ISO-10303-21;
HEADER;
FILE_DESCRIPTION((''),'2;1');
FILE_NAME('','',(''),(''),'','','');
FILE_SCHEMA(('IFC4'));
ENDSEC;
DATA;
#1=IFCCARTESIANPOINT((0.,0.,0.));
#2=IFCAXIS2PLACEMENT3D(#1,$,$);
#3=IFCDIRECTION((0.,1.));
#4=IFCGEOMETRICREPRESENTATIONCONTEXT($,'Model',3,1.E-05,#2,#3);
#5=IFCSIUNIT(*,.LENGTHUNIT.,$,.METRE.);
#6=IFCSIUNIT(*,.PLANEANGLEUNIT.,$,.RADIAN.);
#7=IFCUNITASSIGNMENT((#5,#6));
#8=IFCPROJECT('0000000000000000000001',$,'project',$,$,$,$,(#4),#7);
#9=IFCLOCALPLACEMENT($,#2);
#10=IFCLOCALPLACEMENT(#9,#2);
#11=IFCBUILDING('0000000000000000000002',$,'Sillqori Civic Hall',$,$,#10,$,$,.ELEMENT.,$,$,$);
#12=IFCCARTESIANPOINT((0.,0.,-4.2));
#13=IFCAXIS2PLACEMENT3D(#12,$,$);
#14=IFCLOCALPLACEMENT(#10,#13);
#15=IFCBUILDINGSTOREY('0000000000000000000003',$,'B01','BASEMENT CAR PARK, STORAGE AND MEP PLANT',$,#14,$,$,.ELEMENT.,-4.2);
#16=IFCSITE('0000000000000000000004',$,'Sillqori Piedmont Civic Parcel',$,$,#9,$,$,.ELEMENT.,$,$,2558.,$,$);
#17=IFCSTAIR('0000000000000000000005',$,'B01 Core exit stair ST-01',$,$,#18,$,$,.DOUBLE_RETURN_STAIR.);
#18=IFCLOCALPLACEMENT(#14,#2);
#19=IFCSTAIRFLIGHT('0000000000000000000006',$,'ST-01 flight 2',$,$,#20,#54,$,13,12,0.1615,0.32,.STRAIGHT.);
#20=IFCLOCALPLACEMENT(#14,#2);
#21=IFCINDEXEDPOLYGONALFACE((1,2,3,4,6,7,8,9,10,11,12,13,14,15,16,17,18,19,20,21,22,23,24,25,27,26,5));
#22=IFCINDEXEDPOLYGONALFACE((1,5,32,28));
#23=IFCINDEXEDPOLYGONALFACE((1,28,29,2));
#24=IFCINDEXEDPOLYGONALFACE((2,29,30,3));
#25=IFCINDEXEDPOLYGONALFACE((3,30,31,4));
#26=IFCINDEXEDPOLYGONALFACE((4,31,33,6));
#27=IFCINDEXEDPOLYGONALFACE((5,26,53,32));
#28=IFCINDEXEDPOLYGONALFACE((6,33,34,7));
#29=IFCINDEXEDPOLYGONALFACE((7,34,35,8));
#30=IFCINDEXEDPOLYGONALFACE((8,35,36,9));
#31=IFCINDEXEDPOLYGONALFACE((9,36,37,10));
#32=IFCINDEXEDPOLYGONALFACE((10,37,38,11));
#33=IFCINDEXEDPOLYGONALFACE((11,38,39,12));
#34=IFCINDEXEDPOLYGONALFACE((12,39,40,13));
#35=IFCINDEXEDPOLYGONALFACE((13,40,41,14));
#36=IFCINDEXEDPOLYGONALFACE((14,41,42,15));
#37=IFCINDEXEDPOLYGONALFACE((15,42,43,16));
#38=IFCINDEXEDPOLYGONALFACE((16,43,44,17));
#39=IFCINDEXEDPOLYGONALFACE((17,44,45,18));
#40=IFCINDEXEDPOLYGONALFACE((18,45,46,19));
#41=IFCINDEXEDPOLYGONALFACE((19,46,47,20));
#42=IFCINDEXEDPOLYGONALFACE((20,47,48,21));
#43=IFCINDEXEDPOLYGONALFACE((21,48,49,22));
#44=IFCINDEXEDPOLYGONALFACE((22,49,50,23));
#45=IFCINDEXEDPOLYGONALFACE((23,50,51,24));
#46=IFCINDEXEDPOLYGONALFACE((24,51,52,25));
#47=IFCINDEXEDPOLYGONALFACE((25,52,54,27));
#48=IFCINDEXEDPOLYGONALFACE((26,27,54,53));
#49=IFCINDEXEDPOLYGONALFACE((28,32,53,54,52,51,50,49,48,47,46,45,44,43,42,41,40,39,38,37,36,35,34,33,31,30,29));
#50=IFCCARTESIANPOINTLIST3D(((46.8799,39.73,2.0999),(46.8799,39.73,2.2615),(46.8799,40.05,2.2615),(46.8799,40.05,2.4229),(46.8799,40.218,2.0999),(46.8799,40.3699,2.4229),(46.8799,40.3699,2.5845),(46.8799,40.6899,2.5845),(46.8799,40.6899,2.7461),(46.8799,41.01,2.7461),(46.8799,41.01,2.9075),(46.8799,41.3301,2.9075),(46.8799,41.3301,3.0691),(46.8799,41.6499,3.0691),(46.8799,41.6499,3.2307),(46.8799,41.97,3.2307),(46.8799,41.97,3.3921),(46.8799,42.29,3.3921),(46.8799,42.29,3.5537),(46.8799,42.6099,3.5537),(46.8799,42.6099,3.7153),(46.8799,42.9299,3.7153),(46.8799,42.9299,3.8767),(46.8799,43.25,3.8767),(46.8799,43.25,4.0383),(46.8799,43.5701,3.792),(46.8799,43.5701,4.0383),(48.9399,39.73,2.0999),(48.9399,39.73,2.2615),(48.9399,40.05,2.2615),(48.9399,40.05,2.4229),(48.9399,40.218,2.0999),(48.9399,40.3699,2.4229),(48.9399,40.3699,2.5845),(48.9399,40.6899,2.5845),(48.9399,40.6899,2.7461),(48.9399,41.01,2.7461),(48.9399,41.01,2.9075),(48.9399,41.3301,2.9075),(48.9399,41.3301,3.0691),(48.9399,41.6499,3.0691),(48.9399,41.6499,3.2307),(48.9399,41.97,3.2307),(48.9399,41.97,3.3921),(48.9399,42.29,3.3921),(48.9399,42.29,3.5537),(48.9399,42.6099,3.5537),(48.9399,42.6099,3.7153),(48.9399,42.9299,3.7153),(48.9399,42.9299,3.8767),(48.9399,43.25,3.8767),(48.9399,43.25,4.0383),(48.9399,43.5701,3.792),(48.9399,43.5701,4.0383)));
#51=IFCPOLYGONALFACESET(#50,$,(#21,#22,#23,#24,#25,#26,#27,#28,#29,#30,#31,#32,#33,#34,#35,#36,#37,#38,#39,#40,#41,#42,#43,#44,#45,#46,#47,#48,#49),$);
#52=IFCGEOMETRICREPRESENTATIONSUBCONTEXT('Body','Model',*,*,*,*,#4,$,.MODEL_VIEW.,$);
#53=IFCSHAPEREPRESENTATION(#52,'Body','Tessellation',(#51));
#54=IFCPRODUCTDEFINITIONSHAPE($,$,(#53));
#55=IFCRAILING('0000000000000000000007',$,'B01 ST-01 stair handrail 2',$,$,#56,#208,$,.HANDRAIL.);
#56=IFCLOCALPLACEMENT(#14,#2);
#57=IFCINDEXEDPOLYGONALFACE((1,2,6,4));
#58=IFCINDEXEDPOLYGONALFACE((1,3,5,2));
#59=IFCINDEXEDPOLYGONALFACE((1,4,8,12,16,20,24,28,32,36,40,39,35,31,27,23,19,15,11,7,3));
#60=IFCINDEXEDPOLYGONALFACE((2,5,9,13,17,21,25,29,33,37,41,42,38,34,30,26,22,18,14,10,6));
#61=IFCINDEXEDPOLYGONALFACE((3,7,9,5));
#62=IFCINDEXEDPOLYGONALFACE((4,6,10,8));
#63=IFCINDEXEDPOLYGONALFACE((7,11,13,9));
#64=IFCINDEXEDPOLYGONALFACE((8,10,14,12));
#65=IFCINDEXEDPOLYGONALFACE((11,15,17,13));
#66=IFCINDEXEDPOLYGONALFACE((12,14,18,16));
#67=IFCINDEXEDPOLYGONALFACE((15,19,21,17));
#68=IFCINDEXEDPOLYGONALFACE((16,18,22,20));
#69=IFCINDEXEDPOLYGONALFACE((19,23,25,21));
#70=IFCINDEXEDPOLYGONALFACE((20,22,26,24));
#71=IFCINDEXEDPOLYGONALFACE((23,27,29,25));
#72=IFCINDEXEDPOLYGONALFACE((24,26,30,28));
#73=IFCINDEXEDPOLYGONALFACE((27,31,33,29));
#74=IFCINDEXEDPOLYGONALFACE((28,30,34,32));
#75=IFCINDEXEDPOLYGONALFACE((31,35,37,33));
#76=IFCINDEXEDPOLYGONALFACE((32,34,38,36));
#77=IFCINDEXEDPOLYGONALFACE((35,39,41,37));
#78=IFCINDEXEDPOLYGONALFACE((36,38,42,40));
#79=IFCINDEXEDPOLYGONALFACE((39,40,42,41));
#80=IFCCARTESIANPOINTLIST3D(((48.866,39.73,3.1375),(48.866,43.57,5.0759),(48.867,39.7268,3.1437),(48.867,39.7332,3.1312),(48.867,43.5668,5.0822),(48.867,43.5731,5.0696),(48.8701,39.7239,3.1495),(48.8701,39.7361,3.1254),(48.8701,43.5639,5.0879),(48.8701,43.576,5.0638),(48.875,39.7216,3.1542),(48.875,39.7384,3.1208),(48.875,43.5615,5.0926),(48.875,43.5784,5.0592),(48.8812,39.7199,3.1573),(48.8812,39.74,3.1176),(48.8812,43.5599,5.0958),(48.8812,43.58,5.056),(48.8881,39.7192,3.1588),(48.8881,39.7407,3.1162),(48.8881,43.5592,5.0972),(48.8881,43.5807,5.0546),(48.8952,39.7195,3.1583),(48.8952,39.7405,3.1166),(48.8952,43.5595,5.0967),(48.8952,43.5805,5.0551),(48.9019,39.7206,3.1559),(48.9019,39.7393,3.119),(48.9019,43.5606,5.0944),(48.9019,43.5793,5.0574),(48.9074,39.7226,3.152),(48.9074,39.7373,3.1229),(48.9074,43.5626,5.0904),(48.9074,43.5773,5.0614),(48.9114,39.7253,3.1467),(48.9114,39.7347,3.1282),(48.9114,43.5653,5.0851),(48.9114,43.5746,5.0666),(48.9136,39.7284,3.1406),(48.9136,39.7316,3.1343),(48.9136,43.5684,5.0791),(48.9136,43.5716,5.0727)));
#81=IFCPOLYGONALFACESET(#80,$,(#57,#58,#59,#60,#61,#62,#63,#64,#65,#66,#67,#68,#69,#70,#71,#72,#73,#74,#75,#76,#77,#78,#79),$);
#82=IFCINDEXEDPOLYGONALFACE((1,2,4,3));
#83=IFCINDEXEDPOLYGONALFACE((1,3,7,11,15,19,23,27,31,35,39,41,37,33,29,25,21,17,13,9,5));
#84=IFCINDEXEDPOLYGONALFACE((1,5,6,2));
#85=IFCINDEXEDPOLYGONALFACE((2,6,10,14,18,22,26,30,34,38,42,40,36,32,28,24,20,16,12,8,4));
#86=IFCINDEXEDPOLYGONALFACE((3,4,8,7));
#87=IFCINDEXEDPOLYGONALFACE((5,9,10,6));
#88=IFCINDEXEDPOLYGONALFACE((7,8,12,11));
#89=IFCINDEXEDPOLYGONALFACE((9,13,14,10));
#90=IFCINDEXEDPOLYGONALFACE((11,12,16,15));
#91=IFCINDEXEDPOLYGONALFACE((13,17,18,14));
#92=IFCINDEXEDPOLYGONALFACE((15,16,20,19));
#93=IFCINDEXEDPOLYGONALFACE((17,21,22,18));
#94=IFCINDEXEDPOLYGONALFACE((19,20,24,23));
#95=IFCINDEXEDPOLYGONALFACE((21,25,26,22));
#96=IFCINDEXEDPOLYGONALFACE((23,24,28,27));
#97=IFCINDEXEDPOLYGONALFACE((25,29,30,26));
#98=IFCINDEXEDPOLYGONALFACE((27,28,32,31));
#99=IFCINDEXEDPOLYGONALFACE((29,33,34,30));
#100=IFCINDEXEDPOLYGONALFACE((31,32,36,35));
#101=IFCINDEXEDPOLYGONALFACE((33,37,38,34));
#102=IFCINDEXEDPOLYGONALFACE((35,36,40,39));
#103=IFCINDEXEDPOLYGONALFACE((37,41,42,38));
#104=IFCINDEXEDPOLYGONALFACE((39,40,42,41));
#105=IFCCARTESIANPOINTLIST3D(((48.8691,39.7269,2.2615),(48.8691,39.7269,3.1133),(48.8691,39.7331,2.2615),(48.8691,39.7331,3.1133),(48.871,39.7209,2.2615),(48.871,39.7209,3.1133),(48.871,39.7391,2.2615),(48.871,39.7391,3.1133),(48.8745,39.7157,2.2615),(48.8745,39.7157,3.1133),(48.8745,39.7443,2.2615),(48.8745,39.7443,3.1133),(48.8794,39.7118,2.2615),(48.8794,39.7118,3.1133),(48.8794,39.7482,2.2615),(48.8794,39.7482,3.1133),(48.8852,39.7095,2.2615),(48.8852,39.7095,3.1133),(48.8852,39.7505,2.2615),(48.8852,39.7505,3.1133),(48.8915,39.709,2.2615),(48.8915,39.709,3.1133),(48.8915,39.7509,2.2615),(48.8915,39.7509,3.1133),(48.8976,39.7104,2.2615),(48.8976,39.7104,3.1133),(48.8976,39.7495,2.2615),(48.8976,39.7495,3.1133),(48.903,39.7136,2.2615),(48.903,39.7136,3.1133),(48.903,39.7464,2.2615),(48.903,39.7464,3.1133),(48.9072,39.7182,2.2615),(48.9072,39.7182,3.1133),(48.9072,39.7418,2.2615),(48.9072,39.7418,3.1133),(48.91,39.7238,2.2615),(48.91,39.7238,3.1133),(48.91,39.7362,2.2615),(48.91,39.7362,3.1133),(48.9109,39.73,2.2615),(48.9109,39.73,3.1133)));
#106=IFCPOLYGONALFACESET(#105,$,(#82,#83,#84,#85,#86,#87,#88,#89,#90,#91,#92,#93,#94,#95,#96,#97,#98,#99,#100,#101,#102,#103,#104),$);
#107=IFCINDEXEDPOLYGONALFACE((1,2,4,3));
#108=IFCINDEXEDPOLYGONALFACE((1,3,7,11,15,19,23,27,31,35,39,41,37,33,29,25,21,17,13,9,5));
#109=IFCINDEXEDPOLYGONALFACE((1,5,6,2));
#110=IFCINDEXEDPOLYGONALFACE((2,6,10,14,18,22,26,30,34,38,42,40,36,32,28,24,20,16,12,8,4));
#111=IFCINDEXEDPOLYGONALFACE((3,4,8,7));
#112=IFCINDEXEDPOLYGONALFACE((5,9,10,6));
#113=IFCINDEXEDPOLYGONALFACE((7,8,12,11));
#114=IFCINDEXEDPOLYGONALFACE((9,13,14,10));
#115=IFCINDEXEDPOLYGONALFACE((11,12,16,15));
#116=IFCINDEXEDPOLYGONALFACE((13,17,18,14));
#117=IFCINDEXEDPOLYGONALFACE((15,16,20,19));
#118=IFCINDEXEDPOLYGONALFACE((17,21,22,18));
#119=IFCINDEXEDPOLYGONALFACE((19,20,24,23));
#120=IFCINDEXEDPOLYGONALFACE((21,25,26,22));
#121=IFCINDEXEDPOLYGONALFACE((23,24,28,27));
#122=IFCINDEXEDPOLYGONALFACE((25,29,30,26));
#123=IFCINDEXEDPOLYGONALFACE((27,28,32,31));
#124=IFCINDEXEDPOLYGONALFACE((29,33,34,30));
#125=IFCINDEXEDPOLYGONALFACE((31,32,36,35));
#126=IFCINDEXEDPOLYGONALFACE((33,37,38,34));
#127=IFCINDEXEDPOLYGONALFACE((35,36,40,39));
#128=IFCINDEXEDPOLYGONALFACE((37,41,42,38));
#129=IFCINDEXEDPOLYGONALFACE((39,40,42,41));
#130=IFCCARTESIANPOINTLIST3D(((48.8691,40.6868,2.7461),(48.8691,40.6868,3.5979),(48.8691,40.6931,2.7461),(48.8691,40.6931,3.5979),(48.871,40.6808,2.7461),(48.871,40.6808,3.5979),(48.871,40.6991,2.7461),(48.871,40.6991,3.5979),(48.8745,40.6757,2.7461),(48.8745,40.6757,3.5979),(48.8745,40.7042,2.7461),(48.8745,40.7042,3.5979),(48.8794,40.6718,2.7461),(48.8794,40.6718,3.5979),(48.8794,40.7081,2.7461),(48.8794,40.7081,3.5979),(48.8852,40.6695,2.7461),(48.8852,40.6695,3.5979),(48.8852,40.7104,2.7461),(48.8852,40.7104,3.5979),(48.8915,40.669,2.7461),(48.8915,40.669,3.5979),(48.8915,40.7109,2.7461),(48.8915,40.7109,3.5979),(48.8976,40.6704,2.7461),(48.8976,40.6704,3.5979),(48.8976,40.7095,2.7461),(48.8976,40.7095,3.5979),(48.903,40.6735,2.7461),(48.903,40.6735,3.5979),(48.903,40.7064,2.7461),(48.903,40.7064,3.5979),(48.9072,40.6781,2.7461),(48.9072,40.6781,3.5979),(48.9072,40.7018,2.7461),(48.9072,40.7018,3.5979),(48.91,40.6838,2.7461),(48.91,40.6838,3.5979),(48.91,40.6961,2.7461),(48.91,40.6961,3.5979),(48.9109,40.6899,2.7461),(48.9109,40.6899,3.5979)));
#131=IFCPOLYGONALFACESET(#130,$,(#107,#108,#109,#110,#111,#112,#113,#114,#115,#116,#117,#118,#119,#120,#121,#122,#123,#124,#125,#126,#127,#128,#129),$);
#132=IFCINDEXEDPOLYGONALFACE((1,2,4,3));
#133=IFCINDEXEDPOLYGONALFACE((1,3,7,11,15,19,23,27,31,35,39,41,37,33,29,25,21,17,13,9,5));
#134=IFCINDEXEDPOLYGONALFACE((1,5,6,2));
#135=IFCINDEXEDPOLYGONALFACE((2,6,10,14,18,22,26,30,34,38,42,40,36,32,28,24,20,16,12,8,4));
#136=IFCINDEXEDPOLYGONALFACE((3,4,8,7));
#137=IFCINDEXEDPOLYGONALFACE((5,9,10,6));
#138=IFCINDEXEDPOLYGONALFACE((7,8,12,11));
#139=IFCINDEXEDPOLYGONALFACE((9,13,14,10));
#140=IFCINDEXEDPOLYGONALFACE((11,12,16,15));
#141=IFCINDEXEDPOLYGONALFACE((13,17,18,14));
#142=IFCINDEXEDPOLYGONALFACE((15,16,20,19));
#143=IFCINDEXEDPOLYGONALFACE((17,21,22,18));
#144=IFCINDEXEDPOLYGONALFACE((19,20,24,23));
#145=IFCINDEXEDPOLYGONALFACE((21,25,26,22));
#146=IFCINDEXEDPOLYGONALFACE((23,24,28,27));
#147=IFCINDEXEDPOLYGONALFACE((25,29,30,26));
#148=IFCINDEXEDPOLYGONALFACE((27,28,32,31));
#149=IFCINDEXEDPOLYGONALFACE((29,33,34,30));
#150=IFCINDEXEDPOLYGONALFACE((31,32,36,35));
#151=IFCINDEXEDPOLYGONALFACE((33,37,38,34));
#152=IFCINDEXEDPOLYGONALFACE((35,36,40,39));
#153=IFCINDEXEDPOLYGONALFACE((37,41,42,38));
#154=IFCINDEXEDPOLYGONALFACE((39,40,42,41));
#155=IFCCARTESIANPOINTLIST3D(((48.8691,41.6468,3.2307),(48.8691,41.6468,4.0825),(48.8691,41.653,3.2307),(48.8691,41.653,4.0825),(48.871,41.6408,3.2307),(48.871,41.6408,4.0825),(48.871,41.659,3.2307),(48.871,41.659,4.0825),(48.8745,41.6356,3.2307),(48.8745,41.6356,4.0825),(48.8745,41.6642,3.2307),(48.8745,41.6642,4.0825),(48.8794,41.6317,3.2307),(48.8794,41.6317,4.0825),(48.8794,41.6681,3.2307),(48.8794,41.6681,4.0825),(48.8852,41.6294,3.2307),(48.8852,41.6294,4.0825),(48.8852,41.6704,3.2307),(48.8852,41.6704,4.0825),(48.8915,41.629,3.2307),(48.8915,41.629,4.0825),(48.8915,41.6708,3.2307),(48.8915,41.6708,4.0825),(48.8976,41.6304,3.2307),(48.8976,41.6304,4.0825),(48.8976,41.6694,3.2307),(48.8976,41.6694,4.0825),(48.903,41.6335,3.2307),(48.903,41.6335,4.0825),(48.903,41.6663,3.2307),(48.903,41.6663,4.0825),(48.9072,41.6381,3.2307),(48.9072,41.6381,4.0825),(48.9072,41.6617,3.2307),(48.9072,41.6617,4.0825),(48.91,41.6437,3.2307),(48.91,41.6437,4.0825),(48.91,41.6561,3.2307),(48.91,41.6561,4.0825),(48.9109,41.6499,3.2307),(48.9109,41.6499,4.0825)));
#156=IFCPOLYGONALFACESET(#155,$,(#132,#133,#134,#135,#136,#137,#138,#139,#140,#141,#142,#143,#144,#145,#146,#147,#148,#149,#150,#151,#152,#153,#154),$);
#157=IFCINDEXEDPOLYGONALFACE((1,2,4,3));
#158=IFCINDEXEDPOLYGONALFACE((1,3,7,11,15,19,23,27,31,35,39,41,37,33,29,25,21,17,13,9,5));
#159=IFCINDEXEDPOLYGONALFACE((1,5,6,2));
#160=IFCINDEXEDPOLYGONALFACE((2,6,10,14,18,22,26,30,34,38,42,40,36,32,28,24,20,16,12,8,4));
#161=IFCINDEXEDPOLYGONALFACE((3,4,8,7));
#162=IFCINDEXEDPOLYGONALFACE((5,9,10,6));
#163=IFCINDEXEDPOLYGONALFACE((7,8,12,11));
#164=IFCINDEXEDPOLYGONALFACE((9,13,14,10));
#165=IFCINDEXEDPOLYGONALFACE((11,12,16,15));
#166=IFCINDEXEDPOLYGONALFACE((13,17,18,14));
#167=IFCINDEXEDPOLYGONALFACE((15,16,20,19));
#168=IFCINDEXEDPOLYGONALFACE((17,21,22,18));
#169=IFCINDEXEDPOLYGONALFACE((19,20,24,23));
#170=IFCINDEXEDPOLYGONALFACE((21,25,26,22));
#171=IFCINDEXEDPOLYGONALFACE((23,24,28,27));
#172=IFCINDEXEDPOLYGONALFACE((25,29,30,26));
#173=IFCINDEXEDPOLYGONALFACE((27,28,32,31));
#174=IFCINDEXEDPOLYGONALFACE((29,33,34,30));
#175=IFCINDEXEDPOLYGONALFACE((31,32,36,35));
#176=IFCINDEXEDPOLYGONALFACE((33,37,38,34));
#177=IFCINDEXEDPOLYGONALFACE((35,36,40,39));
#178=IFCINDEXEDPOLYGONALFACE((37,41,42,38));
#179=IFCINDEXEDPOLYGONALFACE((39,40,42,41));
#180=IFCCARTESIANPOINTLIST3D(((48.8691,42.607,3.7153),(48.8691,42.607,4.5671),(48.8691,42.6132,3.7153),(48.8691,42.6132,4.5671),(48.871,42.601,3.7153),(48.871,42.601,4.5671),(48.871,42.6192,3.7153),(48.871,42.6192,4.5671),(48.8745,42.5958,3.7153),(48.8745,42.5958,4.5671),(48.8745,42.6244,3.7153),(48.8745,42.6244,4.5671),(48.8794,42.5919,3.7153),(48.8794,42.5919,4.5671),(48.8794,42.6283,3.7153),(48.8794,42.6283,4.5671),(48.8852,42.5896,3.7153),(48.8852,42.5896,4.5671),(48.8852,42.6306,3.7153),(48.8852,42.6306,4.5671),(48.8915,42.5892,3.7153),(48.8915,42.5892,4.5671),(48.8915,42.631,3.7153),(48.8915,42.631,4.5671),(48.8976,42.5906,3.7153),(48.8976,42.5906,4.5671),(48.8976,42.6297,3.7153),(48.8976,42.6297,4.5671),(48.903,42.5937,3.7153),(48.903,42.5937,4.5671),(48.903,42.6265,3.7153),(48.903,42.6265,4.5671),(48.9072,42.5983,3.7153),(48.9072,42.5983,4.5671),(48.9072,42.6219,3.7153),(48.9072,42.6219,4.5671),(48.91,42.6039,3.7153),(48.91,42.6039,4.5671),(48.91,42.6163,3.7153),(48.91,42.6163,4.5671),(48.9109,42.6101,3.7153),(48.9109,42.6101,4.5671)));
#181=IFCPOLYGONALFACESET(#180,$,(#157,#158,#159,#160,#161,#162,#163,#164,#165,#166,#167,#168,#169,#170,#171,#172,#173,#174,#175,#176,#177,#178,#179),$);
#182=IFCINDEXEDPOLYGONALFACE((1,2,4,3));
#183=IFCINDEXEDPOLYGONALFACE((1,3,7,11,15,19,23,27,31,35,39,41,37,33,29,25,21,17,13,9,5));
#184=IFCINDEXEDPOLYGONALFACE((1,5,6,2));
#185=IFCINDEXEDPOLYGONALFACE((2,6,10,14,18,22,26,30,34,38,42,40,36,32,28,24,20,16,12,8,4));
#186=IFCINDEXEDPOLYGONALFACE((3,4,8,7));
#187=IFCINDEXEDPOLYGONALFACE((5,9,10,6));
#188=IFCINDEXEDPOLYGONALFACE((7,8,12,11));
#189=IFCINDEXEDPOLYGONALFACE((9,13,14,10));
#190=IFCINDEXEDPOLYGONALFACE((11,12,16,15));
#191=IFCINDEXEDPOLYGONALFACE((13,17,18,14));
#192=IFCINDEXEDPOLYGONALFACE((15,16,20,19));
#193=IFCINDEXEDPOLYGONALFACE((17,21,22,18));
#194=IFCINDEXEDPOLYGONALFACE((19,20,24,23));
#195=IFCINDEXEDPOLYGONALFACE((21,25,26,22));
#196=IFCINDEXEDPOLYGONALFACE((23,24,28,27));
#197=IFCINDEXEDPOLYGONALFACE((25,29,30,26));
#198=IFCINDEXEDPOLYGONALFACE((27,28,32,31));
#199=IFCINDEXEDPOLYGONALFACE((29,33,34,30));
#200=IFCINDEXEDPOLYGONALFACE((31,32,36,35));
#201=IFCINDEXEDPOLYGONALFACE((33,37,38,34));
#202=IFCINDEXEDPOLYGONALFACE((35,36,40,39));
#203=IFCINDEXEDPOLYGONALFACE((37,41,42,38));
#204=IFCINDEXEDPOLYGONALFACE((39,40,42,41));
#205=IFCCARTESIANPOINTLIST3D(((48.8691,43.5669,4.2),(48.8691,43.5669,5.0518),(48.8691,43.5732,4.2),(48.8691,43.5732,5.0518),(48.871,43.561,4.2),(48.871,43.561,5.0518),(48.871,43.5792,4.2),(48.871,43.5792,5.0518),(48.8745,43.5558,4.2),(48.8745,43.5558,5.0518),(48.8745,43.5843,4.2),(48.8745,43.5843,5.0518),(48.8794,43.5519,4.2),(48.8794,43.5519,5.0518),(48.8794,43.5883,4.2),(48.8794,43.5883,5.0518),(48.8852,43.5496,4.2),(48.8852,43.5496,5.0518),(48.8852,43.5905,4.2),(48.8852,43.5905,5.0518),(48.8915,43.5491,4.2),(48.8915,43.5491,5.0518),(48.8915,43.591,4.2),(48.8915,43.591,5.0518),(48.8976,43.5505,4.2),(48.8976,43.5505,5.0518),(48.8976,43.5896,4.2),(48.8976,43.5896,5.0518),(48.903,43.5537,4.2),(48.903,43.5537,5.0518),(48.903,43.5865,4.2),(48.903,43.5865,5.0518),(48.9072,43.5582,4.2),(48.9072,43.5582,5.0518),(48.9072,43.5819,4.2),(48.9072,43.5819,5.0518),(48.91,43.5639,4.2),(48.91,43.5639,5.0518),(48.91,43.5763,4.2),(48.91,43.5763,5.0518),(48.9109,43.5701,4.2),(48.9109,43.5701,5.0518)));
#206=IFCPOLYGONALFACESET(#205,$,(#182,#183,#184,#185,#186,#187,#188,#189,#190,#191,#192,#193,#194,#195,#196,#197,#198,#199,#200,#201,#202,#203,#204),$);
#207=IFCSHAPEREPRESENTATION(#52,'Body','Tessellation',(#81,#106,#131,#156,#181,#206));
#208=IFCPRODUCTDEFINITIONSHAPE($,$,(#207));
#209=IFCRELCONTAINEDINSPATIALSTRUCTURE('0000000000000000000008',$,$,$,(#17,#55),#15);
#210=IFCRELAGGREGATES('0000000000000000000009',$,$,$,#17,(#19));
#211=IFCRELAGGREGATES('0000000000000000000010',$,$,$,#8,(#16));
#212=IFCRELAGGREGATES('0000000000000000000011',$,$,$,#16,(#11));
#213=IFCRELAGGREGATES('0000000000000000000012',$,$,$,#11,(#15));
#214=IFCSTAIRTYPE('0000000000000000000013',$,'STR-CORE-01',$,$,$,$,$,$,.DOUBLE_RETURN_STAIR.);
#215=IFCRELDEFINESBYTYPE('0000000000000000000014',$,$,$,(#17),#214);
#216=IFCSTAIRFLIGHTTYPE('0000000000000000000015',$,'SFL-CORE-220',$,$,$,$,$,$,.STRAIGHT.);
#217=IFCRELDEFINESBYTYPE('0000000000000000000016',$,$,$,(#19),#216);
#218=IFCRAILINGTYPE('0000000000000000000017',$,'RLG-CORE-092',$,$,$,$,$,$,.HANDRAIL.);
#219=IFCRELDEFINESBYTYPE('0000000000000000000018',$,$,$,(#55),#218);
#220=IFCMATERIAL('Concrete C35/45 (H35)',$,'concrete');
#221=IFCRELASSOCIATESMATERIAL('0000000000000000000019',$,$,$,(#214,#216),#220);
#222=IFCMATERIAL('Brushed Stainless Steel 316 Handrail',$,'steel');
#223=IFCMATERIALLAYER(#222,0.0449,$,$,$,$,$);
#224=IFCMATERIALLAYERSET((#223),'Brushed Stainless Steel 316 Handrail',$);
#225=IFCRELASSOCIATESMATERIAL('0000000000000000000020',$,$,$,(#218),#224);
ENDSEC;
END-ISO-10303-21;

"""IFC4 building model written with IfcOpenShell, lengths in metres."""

from ifc_helpers import new_model, si_unit, direction, frame, origin, origin_2d, place, context, subcontext, project, spatial, polyline, circle, outline, extrude, material, layer, layer_set, type_object, element, aggregate, save


model = new_model("IFC4")

# Units and contexts
model_context = context("Model", 3, precision=1e-05, world=origin(), true_north=direction((0.0, 1.0)))
body_context = subcontext(model_context, "Body", "Model", "MODEL_VIEW")
ifc_project = project(units=[si_unit("LENGTHUNIT", "METRE"), si_unit("PLANEANGLEUNIT", "RADIAN")], contexts=[model_context])

# Site, building, storey
site_placement = place(None, origin())
site = spatial("IfcSite", under=ifc_project, at=site_placement, Name="Sillqori Piedmont Civic Parcel", CompositionType="ELEMENT", RefElevation=2558.0)
building_placement = place(site_placement, origin())
building = spatial("IfcBuilding", under=site, at=building_placement, Name="Sillqori Civic Hall", CompositionType="ELEMENT")
storey_placement = place(building_placement, frame((0.0, 0.0, -4.2)))
storey = spatial("IfcBuildingStorey", under=building, at=storey_placement, Name="B01", Description="BASEMENT CAR PARK, STORAGE AND MEP PLANT", CompositionType="ELEMENT", Elevation=-4.2)

# Shared definitions
ifc_material_1 = material(Name="Concrete C35/45 (H35)", Category="concrete")

# Stair, stair flight
stair_type = type_object("IfcStairType", Name="STR-CORE-01", PredefinedType="DOUBLE_RETURN_STAIR", material=ifc_material_1)
stair_placement = place(storey_placement, origin())
stair = element("IfcStair", 1, at=stair_placement, inside=storey, type_object=stair_type, Name="B01 Core exit stair ST-01", PredefinedType="DOUBLE_RETURN_STAIR")
stair_flight_type = type_object("IfcStairFlightType", Name="SFL-CORE-220", PredefinedType="STRAIGHT", material=ifc_material_1)
stair_flight_1_placement = place(storey_placement, frame((47.9099, 39.73, 2.0999), z_axis=(0.0, 0.0, 1.0), x_axis=(0.0, 1.0, 0.0)))
stair_flight_1 = element("IfcStairFlight", 2, at=stair_flight_1_placement, type_object=stair_flight_type, Name="ST-01 flight 2", NumberOfRisers=13, NumberOfTreads=12, PredefinedType="STRAIGHT", RiserHeight=0.1615, TreadLength=0.32, context=body_context, shape_type="SweptSolid", body=[
    extrude(outline(polyline([(0.0, 0.0), (0.0, 0.1616), (0.3201, 0.1616), (0.3201, 0.323), (0.6399, 0.323), (0.6399, 0.4846), (0.96, 0.4846), (0.96, 0.6462), (1.28, 0.6462), (1.28, 0.8076), (1.6001, 0.8076), (1.6001, 0.9692), (1.9199, 0.9692), (1.9199, 1.1309), (2.24, 1.1309), (2.24, 1.2922), (2.5601, 1.2922), (2.5601, 1.4539), (2.8799, 1.4539), (2.8799, 1.6155), (3.2, 1.6155), (3.2, 1.7769), (3.52, 1.7769), (3.52, 1.9385), (3.8401, 1.9385), (3.8401, 2.1001), (3.8401, 1.6921), (0.488, 0.0), (0.0, 0.0)])), frame((0.0, 1.03, 0.0), z_axis=(0.0, -1.0, 0.0), x_axis=(1.0, 0.0, 0.0)), (0.0, 0.0, 1.0), 2.0601),
])
aggregate(stair, [stair_flight_1])

# Railing
ifc_material_2 = material(Name="Brushed Stainless Steel 316 Handrail", Category="steel")
ifc_layer_1 = layer(ifc_material_2, 0.0449)
ifc_layer_set_1 = layer_set([ifc_layer_1], Name="Brushed Stainless Steel 316 Handrail")
railing_type_1 = type_object("IfcRailingType", Name="RLG-CORE-092", PredefinedType="HANDRAIL", material=ifc_layer_set_1)
railing_1_placement = place(storey_placement, frame((48.8899, 39.73, 2.2615)))
element("IfcRailing", 3, at=railing_1_placement, inside=storey, type_object=railing_type_1, Name="B01 ST-01 stair handrail 2", PredefinedType="HANDRAIL", context=body_context, shape_type="SweptSolid", body=[
    extrude(circle(Radius=0.0239, at=origin_2d()), frame((0.0, 0.0, 0.876), z_axis=(0.0, 0.892707, 0.450638), x_axis=(-1.0, 0.0, 0.0)), (0.0, 0.0, 1.0), 4.3015),
    extrude(circle(Radius=0.021, at=origin_2d()), origin(), (0.0, 0.0, 1.0), 0.8518),
    extrude(circle(Radius=0.021, at=origin_2d()), frame((0.0, 0.96, 0.4846)), (0.0, 0.0, 1.0), 0.8518),
    extrude(circle(Radius=0.021, at=origin_2d()), frame((0.0, 1.9199, 0.9692)), (0.0, 0.0, 1.0), 0.8518),
    extrude(circle(Radius=0.021, at=origin_2d()), frame((0.0, 2.8801, 1.4539)), (0.0, 0.0, 1.0), 0.8518),
    extrude(circle(Radius=0.021, at=origin_2d()), frame((0.0, 3.8401, 1.9385)), (0.0, 0.0, 1.0), 0.8518),
])

save(model, "model.ifc")
